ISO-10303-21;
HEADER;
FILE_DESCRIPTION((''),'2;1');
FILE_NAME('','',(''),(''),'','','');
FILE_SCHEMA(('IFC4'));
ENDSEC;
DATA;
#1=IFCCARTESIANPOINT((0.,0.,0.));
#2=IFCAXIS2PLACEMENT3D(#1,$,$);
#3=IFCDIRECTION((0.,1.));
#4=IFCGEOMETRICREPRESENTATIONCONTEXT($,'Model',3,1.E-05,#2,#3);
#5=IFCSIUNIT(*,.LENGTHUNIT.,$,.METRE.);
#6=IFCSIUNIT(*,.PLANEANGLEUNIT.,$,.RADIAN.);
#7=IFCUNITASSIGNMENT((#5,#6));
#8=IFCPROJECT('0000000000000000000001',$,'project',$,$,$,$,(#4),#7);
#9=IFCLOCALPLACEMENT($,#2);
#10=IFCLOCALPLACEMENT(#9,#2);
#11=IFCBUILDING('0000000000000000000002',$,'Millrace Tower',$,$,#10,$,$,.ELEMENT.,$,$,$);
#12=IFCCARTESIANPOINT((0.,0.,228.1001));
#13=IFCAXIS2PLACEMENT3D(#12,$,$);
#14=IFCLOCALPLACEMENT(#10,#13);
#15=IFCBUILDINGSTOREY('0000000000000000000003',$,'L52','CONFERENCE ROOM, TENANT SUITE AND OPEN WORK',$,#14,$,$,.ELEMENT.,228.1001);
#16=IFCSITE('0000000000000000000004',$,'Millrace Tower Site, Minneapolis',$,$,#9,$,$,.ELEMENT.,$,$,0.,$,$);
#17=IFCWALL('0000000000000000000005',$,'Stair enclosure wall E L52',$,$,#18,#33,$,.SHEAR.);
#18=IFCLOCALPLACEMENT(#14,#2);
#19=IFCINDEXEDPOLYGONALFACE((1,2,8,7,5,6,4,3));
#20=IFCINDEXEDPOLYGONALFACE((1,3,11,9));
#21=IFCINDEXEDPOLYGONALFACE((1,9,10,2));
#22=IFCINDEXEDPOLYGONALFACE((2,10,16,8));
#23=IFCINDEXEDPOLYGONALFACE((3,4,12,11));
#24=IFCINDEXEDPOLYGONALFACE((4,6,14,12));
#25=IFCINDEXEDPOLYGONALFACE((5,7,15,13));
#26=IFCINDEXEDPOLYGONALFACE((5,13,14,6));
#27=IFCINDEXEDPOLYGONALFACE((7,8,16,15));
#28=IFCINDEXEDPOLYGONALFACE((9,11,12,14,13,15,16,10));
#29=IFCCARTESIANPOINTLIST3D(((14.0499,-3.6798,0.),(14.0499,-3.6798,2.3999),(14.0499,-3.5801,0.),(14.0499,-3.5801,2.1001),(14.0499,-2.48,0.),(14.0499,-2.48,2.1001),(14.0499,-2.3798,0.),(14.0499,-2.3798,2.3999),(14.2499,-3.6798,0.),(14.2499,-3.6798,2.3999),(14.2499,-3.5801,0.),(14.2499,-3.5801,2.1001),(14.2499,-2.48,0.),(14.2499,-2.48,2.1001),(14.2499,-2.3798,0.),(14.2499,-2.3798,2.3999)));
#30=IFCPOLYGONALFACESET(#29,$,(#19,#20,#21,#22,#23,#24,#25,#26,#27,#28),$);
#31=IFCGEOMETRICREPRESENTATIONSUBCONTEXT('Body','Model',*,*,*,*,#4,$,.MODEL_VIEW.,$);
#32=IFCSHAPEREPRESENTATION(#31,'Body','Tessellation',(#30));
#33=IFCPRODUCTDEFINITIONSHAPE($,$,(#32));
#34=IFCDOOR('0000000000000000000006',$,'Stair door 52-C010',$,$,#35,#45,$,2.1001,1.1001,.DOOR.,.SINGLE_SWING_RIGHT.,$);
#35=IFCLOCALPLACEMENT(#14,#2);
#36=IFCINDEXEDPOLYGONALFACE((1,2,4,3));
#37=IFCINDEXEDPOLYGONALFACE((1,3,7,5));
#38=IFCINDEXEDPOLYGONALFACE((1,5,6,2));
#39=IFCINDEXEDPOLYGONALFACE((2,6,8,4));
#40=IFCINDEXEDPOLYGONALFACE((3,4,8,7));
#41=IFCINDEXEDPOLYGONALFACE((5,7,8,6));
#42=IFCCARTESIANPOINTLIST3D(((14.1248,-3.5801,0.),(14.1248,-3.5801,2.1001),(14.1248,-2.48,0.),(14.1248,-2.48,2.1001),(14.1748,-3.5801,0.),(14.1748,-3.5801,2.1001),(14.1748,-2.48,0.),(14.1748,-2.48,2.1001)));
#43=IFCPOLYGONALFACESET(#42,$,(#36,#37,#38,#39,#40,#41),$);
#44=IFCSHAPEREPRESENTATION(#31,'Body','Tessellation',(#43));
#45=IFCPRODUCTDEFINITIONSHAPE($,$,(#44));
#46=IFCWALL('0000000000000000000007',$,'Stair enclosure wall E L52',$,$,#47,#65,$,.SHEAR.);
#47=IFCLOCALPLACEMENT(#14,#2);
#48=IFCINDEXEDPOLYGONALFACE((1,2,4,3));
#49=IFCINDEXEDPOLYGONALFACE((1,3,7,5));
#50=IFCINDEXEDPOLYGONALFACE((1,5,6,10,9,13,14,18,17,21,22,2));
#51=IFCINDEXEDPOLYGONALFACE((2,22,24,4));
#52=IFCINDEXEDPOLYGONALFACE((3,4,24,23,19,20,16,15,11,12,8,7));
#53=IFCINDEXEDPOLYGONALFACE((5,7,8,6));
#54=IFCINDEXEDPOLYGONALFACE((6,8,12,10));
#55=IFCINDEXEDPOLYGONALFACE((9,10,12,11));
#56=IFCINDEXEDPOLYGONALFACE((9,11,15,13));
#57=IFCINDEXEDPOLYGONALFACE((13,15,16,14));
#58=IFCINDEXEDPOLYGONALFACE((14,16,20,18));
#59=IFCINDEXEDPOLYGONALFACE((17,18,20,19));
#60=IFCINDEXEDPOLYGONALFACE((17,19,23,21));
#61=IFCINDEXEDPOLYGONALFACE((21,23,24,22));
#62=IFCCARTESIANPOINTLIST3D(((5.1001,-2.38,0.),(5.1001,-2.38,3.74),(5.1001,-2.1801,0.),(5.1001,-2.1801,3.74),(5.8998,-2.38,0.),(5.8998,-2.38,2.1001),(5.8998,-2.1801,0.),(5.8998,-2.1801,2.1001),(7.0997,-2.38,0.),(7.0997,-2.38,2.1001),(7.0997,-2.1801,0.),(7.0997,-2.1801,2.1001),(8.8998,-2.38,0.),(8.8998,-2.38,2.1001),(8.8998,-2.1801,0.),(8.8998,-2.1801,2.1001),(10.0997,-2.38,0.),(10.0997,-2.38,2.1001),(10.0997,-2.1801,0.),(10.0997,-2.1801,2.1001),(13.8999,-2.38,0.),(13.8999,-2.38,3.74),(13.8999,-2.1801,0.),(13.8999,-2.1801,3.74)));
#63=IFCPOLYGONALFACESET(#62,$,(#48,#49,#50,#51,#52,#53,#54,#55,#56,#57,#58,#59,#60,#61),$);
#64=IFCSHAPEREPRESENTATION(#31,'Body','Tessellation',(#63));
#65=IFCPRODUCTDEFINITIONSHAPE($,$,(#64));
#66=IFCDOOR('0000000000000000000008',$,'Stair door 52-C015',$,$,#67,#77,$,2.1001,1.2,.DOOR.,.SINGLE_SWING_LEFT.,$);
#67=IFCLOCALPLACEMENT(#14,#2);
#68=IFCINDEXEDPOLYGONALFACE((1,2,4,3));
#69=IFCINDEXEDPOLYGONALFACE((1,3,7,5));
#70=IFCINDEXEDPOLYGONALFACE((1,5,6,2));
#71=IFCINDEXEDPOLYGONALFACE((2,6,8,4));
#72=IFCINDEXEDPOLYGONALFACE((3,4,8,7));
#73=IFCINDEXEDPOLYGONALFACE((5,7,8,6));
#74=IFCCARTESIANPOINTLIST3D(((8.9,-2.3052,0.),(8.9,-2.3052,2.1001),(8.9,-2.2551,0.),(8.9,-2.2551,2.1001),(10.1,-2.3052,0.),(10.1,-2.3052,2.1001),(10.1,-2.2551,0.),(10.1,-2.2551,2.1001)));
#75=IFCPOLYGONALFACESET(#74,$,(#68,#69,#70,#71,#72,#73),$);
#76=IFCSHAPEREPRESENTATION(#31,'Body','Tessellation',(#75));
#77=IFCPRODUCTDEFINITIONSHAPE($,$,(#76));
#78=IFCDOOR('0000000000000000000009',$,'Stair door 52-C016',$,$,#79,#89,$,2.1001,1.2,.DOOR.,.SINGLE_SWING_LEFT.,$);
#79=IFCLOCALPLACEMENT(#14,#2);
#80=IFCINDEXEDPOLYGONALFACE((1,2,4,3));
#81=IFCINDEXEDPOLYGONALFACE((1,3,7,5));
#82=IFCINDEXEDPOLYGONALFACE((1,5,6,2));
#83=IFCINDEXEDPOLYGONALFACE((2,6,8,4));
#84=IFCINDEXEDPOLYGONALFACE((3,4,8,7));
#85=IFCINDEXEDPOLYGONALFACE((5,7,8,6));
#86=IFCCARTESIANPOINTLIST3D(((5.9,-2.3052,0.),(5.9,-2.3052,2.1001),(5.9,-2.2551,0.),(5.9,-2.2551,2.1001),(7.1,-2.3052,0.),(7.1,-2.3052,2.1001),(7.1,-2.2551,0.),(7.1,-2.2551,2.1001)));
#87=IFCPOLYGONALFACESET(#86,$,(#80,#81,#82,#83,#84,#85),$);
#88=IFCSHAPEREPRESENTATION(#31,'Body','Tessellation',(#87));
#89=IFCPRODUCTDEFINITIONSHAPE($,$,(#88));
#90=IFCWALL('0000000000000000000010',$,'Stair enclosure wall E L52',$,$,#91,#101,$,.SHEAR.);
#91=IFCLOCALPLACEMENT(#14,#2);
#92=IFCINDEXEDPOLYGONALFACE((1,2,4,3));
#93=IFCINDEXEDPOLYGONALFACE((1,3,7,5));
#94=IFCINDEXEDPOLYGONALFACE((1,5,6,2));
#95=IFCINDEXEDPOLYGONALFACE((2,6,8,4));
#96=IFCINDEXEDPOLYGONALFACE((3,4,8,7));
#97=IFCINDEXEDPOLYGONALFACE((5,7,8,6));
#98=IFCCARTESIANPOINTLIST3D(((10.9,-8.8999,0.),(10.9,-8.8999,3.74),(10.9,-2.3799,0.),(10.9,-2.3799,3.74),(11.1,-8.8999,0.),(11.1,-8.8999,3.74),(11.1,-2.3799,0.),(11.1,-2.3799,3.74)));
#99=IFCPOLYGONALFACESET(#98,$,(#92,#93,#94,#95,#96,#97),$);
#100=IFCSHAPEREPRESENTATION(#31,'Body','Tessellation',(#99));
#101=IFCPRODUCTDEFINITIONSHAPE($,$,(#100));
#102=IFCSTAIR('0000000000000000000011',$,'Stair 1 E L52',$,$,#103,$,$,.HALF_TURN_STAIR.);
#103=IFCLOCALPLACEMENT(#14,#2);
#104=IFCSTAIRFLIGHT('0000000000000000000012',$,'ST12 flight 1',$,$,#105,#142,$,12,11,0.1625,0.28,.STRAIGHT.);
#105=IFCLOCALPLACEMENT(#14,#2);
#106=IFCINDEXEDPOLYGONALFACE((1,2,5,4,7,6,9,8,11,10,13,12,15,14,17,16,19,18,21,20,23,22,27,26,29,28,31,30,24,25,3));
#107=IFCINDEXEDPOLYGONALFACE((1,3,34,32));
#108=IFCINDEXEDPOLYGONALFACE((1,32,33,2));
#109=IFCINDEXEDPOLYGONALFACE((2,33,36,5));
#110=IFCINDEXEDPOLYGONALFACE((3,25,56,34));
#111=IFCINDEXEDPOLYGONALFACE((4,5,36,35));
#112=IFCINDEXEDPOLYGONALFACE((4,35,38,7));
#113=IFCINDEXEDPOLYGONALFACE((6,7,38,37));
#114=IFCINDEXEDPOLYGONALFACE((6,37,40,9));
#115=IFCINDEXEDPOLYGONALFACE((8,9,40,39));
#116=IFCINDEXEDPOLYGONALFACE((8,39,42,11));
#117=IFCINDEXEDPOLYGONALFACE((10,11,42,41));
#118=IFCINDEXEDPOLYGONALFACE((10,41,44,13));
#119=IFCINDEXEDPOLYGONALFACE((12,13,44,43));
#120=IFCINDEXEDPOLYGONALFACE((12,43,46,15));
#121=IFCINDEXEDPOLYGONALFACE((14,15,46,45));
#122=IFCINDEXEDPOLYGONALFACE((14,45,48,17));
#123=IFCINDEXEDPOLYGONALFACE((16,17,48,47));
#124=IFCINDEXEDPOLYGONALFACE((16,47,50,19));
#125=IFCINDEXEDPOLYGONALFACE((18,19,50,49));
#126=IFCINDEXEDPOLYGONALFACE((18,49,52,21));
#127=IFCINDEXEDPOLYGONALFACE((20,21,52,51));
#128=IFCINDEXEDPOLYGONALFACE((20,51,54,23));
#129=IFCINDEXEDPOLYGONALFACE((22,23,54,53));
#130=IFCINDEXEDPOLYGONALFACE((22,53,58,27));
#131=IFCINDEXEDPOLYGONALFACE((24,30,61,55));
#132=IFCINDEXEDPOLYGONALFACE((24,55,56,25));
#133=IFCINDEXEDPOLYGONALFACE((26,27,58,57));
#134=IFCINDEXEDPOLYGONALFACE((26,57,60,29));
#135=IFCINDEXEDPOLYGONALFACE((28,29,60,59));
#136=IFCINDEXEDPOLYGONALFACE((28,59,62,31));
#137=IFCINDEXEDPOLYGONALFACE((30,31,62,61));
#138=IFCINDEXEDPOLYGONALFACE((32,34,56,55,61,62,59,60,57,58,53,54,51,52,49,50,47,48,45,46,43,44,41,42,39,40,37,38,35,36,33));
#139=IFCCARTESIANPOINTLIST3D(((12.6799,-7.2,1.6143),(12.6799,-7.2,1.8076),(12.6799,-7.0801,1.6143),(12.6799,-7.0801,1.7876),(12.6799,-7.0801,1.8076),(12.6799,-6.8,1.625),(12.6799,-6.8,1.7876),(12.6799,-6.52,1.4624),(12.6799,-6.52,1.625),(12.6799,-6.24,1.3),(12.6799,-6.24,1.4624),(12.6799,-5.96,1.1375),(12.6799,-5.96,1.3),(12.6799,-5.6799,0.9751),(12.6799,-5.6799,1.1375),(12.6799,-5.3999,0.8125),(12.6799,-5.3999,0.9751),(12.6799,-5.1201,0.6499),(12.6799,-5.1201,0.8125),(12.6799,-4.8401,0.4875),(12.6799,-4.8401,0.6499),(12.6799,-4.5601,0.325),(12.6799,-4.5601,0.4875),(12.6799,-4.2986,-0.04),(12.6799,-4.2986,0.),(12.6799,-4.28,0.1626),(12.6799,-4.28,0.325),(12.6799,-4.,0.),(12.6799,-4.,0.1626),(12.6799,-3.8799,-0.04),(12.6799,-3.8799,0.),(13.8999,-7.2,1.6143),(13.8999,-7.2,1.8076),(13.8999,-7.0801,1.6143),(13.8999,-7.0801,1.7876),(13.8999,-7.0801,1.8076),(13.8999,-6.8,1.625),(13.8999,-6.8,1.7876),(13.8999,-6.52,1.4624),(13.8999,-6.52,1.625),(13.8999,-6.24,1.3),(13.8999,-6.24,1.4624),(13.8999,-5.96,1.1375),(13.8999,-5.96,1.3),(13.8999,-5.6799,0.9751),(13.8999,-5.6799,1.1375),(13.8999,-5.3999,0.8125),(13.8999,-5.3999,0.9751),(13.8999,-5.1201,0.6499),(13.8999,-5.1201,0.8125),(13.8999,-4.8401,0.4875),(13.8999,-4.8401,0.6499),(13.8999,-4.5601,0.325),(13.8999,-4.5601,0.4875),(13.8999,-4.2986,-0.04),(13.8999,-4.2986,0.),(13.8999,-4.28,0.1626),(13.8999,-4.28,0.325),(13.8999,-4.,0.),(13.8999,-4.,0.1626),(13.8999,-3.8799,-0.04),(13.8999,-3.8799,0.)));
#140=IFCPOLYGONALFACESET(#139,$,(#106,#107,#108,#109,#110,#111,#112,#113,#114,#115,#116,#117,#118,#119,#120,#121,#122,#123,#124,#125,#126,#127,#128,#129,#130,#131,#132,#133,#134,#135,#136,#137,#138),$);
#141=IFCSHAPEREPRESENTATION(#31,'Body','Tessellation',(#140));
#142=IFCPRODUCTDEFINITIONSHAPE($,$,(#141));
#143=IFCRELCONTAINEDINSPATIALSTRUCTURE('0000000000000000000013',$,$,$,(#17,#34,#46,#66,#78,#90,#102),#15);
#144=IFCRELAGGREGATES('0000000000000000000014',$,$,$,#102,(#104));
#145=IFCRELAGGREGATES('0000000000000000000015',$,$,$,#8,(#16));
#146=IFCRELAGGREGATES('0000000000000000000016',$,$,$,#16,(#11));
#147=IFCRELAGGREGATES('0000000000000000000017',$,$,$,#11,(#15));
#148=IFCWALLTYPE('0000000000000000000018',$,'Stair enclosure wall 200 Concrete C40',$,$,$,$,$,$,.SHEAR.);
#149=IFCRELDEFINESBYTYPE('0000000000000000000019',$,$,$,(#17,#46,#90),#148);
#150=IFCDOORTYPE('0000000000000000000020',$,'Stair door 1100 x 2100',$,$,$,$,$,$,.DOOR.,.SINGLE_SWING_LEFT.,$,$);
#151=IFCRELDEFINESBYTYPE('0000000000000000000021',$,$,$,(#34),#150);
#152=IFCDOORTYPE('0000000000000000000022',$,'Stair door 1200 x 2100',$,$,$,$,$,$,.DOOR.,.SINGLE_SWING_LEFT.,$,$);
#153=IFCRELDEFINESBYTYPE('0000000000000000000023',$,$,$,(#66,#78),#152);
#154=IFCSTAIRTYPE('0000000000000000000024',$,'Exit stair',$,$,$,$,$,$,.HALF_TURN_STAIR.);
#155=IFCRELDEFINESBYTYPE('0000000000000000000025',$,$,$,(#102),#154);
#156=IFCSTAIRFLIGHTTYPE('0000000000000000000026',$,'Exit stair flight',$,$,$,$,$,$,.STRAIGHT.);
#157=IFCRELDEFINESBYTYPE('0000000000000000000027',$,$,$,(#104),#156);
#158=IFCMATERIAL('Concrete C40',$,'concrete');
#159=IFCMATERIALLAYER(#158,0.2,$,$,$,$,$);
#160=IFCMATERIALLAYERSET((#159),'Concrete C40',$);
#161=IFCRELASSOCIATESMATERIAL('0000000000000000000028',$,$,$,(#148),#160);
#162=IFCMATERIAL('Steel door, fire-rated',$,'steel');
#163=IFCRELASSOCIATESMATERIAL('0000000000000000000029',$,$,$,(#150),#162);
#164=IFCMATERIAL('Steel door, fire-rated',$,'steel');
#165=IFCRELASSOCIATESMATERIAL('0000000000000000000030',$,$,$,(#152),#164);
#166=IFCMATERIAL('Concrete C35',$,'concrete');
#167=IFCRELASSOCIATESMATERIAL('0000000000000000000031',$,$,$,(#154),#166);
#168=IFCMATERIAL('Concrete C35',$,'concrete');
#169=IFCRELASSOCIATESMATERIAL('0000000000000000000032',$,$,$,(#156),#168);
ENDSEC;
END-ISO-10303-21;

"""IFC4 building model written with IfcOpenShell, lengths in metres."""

from ifc_helpers import new_model, si_unit, direction, frame, frame_2d, origin, place, context, subcontext, project, spatial, polyline, rectangle, outline, extrude, material, layer, layer_set, type_object, element, fill, aggregate, save


model = new_model("IFC4")

# Units and contexts
model_context = context("Model", 3, precision=1e-05, world=origin(), true_north=direction((0.0, 1.0)))
body_context = subcontext(model_context, "Body", "Model", "MODEL_VIEW")
ifc_project = project(units=[si_unit("LENGTHUNIT", "METRE"), si_unit("PLANEANGLEUNIT", "RADIAN")], contexts=[model_context])

# Site, building, storey
site_placement = place(None, origin())
site = spatial("IfcSite", under=ifc_project, at=site_placement, Name="Millrace Tower Site, Minneapolis", CompositionType="ELEMENT", RefElevation=0.0)
building_placement = place(site_placement, origin())
building = spatial("IfcBuilding", under=site, at=building_placement, Name="Millrace Tower", CompositionType="ELEMENT")
storey_placement = place(building_placement, frame((0.0, 0.0, 228.1001)))
storey = spatial("IfcBuildingStorey", under=building, at=storey_placement, Name="L52", Description="CONFERENCE ROOM, TENANT SUITE AND OPEN WORK", CompositionType="ELEMENT", Elevation=228.1001)

# Shared definitions
placement = place(storey_placement, origin())

# Wall, opening, door
ifc_material_1 = material(Name="Concrete C40", Category="concrete")
ifc_layer_1 = layer(ifc_material_1, 0.2)
ifc_layer_set_1 = layer_set([ifc_layer_1], Name="Concrete C40")
wall_type_1 = type_object("IfcWallType", Name="Stair enclosure wall 200 Concrete C40", PredefinedType="SHEAR", material=ifc_layer_set_1)
wall_1_placement = place(storey_placement, frame((14.1499, -2.3799, 0.0), z_axis=(0.0, 0.0, 1.0), x_axis=(0.0, -1.0, 0.0)))
wall_1 = element("IfcWall", 1, at=wall_1_placement, inside=storey, type_object=wall_type_1, Name="Stair enclosure wall E L52", PredefinedType="SHEAR", context=body_context, shape_type="SweptSolid", body=[
    extrude(rectangle(XDim=1.3, YDim=0.2, at=frame_2d((0.6499, 0.0))), origin(), (0.0, 0.0, 1.0), 2.3999),
])
opening_1_placement = place(wall_1_placement, frame((0.1001, 0.0, 0.0)))
opening_1 = element("IfcOpeningElement", 2, at=opening_1_placement, cuts=wall_1, PredefinedType="OPENING", context=body_context, shape_type="SweptSolid", body=[
    extrude(rectangle(XDim=1.1001, YDim=2.1001, at=frame_2d((0.55, 1.05))), frame((0.0, 0.1099, 0.0), z_axis=(0.0, -1.0, 0.0), x_axis=(1.0, 0.0, 0.0)), (0.0, 0.0, 1.0), 0.22),
])
ifc_material_2 = material(Name="Steel door, fire-rated", Category="steel")
door_type_1 = type_object("IfcDoorType", Name="Stair door 1100 x 2100", OperationType="SINGLE_SWING_LEFT", PredefinedType="DOOR", material=ifc_material_2)
door_1_placement = place(opening_1_placement, origin())
door_1 = element("IfcDoor", 3, at=door_1_placement, inside=storey, type_object=door_type_1, Name="Stair door 52-C010", OperationType="SINGLE_SWING_RIGHT", OverallHeight=2.1001, OverallWidth=1.1001, PredefinedType="DOOR", context=body_context, shape_type="SweptSolid", body=[
    extrude(rectangle(XDim=1.1001, YDim=2.1001, at=frame_2d((0.55, 1.05))), frame((0.0, 0.0249, 0.0), z_axis=(0.0, -1.0, 0.0), x_axis=(1.0, 0.0, 0.0)), (0.0, 0.0, 1.0), 0.05),
])
fill(opening_1, door_1)

# Wall, openings, doors
wall_2_placement = place(storey_placement, frame((13.8999, -2.28, 0.0), z_axis=(0.0, 0.0, 1.0), x_axis=(-1.0, 0.0, 0.0)))
wall_2 = element("IfcWall", 4, at=wall_2_placement, inside=storey, type_object=wall_type_1, Name="Stair enclosure wall E L52", PredefinedType="SHEAR", context=body_context, shape_type="SweptSolid", body=[
    extrude(rectangle(XDim=8.7998, YDim=0.2, at=frame_2d((4.3999, 0.0))), origin(), (0.0, 0.0, 1.0), 3.74),
])
opening_2_placement = place(wall_2_placement, frame((3.8, 0.0, 0.0)))
opening_2 = element("IfcOpeningElement", 5, at=opening_2_placement, cuts=wall_2, PredefinedType="OPENING", context=body_context, shape_type="SweptSolid", body=[
    extrude(rectangle(XDim=1.2, YDim=2.1001, at=frame_2d((0.6001, 1.05))), frame((0.0, 0.1099, 0.0), z_axis=(0.0, -1.0, 0.0), x_axis=(1.0, 0.0, 0.0)), (0.0, 0.0, 1.0), 0.22),
])
opening_3_placement = place(wall_2_placement, frame((6.8, 0.0, 0.0)))
opening_3 = element("IfcOpeningElement", 6, at=opening_3_placement, cuts=wall_2, PredefinedType="OPENING", context=body_context, shape_type="SweptSolid", body=[
    extrude(rectangle(XDim=1.2, YDim=2.1001, at=frame_2d((0.6001, 1.05))), frame((0.0, 0.1099, 0.0), z_axis=(0.0, -1.0, 0.0), x_axis=(1.0, 0.0, 0.0)), (0.0, 0.0, 1.0), 0.22),
])
ifc_material_3 = material(Name="Steel door, fire-rated", Category="steel")
door_type_2 = type_object("IfcDoorType", Name="Stair door 1200 x 2100", OperationType="SINGLE_SWING_LEFT", PredefinedType="DOOR", material=ifc_material_3)
door_2_placement = place(opening_2_placement, frame((1.2, 0.0, 0.0), z_axis=(0.0, 0.0, 1.0), x_axis=(-1.0, 0.0, 0.0)))
door_2 = element("IfcDoor", 7, at=door_2_placement, inside=storey, type_object=door_type_2, Name="Stair door 52-C015", OperationType="SINGLE_SWING_LEFT", OverallHeight=2.1001, OverallWidth=1.2, PredefinedType="DOOR", context=body_context, shape_type="SweptSolid", body=[
    extrude(rectangle(XDim=1.2, YDim=2.1001, at=frame_2d((0.6001, 1.05))), frame((0.0, 0.0249, 0.0), z_axis=(0.0, -1.0, 0.0), x_axis=(1.0, 0.0, 0.0)), (0.0, 0.0, 1.0), 0.05),
])
fill(opening_2, door_2)
door_3_placement = place(opening_3_placement, frame((1.2, 0.0, 0.0), z_axis=(0.0, 0.0, 1.0), x_axis=(-1.0, 0.0, 0.0)))
door_3 = element("IfcDoor", 8, at=door_3_placement, inside=storey, type_object=door_type_2, Name="Stair door 52-C016", OperationType="SINGLE_SWING_LEFT", OverallHeight=2.1001, OverallWidth=1.2, PredefinedType="DOOR", context=body_context, shape_type="SweptSolid", body=[
    extrude(rectangle(XDim=1.2, YDim=2.1001, at=frame_2d((0.6001, 1.05))), frame((0.0, 0.0249, 0.0), z_axis=(0.0, -1.0, 0.0), x_axis=(1.0, 0.0, 0.0)), (0.0, 0.0, 1.0), 0.05),
])
fill(opening_3, door_3)

# Wall
wall_3_placement = place(storey_placement, frame((11.0, -2.3799, 0.0), z_axis=(0.0, 0.0, 1.0), x_axis=(0.0, -1.0, 0.0)))
element("IfcWall", 9, at=wall_3_placement, inside=storey, type_object=wall_type_1, Name="Stair enclosure wall E L52", PredefinedType="SHEAR", context=body_context, shape_type="SweptSolid", body=[
    extrude(rectangle(XDim=6.52, YDim=0.2, at=frame_2d((3.26, 0.0))), origin(), (0.0, 0.0, 1.0), 3.74),
])

# Stair, stair flight
ifc_material_4 = material(Name="Concrete C35", Category="concrete")
stair_type = type_object("IfcStairType", Name="Exit stair", PredefinedType="HALF_TURN_STAIR", material=ifc_material_4)
stair_1 = element("IfcStair", 10, at=placement, inside=storey, type_object=stair_type, Name="Stair 1 E L52", PredefinedType="HALF_TURN_STAIR")
ifc_material_5 = material(Name="Concrete C35", Category="concrete")
stair_flight_type = type_object("IfcStairFlightType", Name="Exit stair flight", PredefinedType="STRAIGHT", material=ifc_material_5)
stair_flight_1_placement = place(storey_placement, frame((13.29, -4.0, 0.0), z_axis=(0.0, 0.0, 1.0), x_axis=(0.0, -1.0, 0.0)))
stair_flight_1 = element("IfcStairFlight", 11, at=stair_flight_1_placement, type_object=stair_flight_type, Name="ST12 flight 1", NumberOfRisers=12, NumberOfTreads=11, PredefinedType="STRAIGHT", RiserHeight=0.1625, TreadLength=0.28, context=body_context, shape_type="SweptSolid", body=[
    extrude(outline(polyline([(-0.1201, -0.04), (-0.1201, 0.0), (0.0, 0.0), (0.0, 0.1626), (0.28, 0.1626), (0.28, 0.325), (0.5601, 0.325), (0.5601, 0.4875), (0.8401, 0.4875), (0.8401, 0.6499), (1.1201, 0.6499), (1.1201, 0.8125), (1.3999, 0.8125), (1.3999, 0.9751), (1.6799, 0.9751), (1.6799, 1.1375), (1.96, 1.1375), (1.96, 1.3), (2.24, 1.3), (2.24, 1.4624), (2.52, 1.4624), (2.52, 1.625), (2.8, 1.625), (2.8, 1.7876), (3.0801, 1.7876), (3.0801, 1.8076), (3.2, 1.8076), (3.2, 1.6143), (3.0801, 1.6143), (0.2986, 0.0), (0.2986, -0.04), (-0.1201, -0.04)])), frame((0.0, 0.6099, 0.0), z_axis=(0.0, -1.0, 0.0), x_axis=(1.0, 0.0, 0.0)), (0.0, 0.0, 1.0), 1.22),
])
aggregate(stair_1, [stair_flight_1])

save(model, "model.ifc")
